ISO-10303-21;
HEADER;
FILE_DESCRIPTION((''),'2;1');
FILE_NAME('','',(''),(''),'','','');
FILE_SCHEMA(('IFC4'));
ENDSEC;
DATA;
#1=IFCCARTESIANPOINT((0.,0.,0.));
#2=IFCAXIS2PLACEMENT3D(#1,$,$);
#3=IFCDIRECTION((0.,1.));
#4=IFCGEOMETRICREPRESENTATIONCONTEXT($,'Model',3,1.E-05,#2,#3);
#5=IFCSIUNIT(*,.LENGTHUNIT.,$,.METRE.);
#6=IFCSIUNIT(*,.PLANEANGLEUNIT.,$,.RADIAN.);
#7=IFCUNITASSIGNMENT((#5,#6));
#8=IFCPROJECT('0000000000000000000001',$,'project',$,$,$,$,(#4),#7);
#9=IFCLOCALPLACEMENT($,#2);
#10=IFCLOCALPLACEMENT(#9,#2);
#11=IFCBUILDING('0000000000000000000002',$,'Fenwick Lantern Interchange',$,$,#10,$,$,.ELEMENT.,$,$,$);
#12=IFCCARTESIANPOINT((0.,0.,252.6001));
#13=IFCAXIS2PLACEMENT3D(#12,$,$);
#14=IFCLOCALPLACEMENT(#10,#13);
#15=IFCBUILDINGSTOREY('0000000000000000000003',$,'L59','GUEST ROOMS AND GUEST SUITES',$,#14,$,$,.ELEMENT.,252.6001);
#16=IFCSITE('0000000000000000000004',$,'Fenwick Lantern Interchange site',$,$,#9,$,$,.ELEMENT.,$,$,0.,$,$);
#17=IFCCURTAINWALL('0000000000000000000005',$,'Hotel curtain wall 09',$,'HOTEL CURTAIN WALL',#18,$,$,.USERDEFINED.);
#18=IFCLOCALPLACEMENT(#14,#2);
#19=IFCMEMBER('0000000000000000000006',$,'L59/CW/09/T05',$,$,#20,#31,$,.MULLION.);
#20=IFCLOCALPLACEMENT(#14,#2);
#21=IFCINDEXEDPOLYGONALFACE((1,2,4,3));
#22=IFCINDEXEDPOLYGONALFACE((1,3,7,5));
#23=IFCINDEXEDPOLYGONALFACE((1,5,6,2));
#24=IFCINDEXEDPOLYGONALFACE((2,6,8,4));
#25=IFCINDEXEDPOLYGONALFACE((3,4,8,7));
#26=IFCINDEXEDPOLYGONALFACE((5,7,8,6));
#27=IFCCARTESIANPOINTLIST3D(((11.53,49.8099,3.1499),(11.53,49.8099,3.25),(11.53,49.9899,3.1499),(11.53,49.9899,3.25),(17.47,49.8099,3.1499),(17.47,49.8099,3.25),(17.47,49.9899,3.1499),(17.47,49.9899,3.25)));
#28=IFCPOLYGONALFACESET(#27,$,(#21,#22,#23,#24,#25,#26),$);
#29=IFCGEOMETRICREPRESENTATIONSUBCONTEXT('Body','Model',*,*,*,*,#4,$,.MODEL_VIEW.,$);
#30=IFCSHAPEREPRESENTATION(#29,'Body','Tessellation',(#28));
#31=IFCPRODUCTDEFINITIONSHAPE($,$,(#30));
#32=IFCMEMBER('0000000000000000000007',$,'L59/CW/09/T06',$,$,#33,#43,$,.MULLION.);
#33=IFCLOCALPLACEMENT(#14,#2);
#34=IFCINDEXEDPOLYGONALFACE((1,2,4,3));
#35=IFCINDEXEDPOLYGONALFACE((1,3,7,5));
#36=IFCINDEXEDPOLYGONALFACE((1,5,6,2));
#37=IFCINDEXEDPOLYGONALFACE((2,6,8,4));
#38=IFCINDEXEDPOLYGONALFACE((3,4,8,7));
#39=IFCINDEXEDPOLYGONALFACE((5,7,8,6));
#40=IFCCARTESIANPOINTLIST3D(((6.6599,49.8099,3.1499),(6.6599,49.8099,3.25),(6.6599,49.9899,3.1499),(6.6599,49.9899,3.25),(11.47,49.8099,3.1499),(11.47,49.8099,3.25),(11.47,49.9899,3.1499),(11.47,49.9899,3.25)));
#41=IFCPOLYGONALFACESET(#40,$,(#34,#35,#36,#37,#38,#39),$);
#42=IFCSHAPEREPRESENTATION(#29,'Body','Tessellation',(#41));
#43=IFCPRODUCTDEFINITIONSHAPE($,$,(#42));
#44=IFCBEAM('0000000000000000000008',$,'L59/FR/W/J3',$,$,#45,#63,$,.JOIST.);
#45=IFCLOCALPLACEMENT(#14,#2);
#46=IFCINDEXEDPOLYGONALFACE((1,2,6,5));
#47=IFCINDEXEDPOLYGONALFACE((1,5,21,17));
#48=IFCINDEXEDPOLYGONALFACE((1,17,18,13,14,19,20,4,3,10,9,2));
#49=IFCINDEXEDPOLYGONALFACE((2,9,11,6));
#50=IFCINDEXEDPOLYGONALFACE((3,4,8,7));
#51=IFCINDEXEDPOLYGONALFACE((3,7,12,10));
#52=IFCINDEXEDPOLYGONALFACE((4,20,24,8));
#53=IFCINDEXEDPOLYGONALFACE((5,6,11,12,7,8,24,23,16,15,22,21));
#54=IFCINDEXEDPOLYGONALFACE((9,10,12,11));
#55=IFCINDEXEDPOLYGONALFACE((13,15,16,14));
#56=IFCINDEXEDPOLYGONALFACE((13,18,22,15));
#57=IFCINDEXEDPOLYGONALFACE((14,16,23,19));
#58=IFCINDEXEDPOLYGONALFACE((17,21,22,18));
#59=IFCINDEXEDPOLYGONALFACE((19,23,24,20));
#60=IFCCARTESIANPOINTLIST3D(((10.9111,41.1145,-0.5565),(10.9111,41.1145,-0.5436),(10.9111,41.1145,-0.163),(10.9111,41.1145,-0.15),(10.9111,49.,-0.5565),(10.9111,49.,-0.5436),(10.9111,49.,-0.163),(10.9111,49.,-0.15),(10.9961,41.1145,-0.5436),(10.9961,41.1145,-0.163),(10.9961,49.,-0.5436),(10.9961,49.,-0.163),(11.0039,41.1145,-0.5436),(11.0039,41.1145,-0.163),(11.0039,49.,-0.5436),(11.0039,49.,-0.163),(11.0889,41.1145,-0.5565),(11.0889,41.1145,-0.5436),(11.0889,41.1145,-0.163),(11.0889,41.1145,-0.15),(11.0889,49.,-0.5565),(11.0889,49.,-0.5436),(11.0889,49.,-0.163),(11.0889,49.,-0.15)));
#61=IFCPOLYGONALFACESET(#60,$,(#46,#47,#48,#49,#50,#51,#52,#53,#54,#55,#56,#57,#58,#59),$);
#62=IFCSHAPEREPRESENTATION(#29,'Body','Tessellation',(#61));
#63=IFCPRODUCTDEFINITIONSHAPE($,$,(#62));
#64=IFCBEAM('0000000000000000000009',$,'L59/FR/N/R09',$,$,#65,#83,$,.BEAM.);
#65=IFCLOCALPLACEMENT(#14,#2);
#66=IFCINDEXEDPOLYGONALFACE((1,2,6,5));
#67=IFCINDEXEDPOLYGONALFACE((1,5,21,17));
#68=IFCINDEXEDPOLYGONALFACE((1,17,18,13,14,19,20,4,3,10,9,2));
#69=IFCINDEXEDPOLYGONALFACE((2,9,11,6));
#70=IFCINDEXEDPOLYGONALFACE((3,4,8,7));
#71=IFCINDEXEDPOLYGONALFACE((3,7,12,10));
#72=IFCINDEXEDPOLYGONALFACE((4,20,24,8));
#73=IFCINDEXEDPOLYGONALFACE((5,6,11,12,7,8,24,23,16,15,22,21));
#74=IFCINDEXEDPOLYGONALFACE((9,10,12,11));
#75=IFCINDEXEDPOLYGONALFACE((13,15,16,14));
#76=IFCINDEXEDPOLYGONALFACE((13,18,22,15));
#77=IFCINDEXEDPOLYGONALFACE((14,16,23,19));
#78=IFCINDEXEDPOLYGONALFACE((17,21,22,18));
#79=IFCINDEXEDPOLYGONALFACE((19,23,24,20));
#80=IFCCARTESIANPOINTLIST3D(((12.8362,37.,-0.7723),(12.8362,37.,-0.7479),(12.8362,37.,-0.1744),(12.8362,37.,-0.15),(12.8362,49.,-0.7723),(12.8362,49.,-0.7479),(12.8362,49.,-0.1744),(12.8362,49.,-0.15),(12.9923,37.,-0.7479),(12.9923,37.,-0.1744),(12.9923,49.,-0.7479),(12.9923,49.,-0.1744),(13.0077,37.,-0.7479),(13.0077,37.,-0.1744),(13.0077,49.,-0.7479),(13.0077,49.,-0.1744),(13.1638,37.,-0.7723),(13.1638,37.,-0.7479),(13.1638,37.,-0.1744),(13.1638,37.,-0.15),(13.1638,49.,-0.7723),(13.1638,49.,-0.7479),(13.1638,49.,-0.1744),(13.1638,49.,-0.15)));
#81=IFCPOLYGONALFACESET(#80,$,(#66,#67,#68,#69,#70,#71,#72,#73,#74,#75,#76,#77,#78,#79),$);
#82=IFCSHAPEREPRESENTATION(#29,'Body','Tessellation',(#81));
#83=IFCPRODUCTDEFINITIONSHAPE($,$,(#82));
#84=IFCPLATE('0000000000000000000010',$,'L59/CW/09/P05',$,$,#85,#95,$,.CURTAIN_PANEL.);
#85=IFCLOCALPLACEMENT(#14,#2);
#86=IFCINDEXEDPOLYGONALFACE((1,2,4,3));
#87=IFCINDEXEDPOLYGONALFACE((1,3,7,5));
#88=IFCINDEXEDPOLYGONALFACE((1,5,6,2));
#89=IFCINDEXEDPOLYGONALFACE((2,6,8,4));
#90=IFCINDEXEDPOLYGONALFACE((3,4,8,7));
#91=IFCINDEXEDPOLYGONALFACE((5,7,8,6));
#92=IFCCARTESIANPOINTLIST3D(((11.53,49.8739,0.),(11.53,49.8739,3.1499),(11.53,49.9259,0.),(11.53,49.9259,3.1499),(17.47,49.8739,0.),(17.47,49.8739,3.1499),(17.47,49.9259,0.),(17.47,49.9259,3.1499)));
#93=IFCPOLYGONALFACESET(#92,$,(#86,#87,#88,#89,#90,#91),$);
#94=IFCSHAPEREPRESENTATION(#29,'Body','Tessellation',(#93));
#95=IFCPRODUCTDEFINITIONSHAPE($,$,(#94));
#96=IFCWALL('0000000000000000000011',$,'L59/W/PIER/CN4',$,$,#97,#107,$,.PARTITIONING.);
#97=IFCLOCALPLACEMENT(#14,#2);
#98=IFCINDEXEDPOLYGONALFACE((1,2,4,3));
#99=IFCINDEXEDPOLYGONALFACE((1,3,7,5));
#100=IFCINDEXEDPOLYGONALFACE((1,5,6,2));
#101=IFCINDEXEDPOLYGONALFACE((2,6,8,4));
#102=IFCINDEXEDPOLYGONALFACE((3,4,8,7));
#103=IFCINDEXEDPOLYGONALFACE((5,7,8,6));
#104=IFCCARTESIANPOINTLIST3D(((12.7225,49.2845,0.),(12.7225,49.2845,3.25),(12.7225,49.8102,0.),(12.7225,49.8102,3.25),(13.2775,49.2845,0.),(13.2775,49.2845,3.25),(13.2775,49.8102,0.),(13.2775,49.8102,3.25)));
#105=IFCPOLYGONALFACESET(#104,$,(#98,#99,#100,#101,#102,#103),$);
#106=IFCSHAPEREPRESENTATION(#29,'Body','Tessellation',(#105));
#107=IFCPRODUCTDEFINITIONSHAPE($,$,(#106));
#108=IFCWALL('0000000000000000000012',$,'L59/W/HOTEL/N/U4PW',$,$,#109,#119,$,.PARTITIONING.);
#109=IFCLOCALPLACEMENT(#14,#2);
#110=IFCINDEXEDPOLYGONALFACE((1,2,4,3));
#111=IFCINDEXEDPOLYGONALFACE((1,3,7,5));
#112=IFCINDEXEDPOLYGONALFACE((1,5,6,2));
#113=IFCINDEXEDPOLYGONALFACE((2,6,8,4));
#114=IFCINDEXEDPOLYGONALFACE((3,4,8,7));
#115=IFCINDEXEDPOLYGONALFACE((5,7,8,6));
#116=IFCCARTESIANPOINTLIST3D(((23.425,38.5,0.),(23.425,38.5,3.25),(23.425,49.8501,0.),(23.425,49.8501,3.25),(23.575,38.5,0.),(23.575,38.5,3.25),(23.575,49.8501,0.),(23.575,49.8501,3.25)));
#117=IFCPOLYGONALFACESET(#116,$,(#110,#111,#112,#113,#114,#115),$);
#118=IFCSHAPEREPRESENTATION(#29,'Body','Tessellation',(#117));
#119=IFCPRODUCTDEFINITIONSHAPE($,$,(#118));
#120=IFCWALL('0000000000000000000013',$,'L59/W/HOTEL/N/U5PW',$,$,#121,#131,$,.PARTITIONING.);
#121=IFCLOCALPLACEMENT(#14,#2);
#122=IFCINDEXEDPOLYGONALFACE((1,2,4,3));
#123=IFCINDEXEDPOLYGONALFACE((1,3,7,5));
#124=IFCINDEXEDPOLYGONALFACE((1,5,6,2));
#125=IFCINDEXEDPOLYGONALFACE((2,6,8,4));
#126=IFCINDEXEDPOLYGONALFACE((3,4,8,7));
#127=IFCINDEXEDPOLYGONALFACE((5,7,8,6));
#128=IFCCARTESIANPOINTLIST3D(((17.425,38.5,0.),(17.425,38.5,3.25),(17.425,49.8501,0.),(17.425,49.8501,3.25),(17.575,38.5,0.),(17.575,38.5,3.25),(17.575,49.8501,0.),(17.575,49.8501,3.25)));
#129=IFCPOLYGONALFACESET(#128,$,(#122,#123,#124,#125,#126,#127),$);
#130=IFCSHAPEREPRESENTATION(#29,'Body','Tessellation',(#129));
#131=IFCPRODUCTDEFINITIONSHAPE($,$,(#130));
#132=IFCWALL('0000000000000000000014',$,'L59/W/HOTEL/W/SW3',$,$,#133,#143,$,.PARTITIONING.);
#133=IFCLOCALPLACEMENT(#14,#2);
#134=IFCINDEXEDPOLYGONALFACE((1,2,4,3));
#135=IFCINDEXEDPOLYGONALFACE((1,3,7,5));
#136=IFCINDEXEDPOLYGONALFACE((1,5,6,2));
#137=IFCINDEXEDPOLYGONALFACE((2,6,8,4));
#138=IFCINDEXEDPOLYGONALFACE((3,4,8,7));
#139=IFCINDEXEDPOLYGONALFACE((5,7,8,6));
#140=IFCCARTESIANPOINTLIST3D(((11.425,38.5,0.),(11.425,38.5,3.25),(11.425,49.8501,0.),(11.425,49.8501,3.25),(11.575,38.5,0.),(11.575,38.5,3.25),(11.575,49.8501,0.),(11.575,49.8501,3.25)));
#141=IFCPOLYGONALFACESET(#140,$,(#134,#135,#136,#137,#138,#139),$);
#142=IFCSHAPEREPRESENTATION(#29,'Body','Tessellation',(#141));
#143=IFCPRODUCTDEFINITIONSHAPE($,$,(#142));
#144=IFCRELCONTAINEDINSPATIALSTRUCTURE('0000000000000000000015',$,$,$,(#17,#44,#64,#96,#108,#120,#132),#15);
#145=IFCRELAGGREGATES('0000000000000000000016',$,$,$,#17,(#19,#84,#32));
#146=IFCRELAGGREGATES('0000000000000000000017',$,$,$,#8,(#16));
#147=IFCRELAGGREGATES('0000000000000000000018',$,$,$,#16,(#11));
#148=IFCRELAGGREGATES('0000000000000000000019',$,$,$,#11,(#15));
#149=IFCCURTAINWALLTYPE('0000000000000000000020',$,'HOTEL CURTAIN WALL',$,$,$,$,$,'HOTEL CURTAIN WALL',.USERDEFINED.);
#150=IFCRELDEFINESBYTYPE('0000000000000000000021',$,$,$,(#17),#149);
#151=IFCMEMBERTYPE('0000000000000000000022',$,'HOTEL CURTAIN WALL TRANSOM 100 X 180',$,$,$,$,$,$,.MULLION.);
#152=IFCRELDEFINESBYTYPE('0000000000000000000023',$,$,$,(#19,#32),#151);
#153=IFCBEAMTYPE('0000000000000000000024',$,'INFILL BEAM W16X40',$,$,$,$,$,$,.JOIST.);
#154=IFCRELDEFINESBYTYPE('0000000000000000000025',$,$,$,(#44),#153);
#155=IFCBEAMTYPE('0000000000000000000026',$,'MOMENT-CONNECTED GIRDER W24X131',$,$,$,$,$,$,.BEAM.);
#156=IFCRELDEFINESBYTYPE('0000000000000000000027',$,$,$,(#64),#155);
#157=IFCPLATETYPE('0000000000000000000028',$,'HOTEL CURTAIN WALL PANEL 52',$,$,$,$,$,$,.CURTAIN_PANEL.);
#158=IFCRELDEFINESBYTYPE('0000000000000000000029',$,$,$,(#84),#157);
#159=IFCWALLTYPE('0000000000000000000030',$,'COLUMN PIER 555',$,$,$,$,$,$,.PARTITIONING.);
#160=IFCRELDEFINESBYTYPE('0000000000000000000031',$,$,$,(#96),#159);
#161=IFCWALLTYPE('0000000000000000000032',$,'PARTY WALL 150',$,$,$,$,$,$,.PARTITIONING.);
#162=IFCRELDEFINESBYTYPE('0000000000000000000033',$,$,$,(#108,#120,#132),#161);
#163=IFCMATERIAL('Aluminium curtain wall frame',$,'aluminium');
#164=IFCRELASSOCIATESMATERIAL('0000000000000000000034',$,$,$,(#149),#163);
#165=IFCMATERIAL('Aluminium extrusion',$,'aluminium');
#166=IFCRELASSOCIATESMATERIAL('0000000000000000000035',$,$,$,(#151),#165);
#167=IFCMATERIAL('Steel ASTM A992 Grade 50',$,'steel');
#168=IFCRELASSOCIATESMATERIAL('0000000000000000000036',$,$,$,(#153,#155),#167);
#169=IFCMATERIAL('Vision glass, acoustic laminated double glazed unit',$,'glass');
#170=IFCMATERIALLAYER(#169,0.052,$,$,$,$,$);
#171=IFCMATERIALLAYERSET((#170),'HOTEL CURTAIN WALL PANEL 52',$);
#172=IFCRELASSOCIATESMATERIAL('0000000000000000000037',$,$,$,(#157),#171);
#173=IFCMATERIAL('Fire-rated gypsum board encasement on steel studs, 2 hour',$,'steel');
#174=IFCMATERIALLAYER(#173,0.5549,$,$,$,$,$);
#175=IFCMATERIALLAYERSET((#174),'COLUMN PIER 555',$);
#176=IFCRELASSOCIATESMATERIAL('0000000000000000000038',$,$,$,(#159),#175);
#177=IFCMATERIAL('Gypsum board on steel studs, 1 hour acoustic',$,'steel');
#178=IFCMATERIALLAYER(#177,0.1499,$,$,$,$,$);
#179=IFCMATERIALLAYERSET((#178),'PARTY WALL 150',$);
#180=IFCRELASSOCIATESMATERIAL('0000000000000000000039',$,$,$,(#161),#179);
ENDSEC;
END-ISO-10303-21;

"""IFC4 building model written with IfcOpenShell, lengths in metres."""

from ifc_helpers import new_model, si_unit, direction, frame, frame_2d, origin, origin_2d, place, context, subcontext, project, spatial, rectangle, i_section, extrude, material, layer, layer_set, material_profile, profile_set, type_object, element, aggregate, save


model = new_model("IFC4")

# Units and contexts
model_context = context("Model", 3, precision=1e-05, world=origin(), true_north=direction((0.0, 1.0)))
body_context = subcontext(model_context, "Body", "Model", "MODEL_VIEW")
ifc_project = project(units=[si_unit("LENGTHUNIT", "METRE"), si_unit("PLANEANGLEUNIT", "RADIAN")], contexts=[model_context])

# Site, building, storey
site_placement = place(None, origin())
site = spatial("IfcSite", under=ifc_project, at=site_placement, Name="Fenwick Lantern Interchange site", CompositionType="ELEMENT", RefElevation=0.0)
building_placement = place(site_placement, origin())
building = spatial("IfcBuilding", under=site, at=building_placement, Name="Fenwick Lantern Interchange", CompositionType="ELEMENT")
storey_placement = place(building_placement, frame((0.0, 0.0, 252.6001)))
storey = spatial("IfcBuildingStorey", under=building, at=storey_placement, Name="L59", Description="GUEST ROOMS AND GUEST SUITES", CompositionType="ELEMENT", Elevation=252.6001)

# Shared definitions
ifc_material_1 = material(Name="Steel ASTM A992 Grade 50", Category="steel")

# Curtain wall, members
ifc_material_2 = material(Name="Aluminium curtain wall frame", Category="aluminium")
curtain_wall_type = type_object("IfcCurtainWallType", Name="HOTEL CURTAIN WALL", ElementType="HOTEL CURTAIN WALL", PredefinedType="USERDEFINED", material=ifc_material_2)
curtain_wall_placement = place(storey_placement, origin())
curtain_wall = element("IfcCurtainWall", 1, at=curtain_wall_placement, inside=storey, type_object=curtain_wall_type, Name="Hotel curtain wall 09", ObjectType="HOTEL CURTAIN WALL", PredefinedType="USERDEFINED")
ifc_material_3 = material(Name="Aluminium extrusion", Category="aluminium")
ifc_material_profile_1 = material_profile(ifc_material_3, rectangle(XDim=0.1799, YDim=0.1001, at=origin_2d()), Name="HOTEL CURTAIN WALL TRANSOM 100 X 180")
ifc_profile_set_1 = profile_set([ifc_material_profile_1], Name="Aluminium extrusion")
member_type_1 = type_object("IfcMemberType", Name="HOTEL CURTAIN WALL TRANSOM 100 X 180", PredefinedType="MULLION", material=ifc_profile_set_1)
member_1_placement = place(storey_placement, frame((17.47, 49.8999, 3.2), z_axis=(-1.0, 0.0, 0.0), x_axis=(0.0, -1.0, 0.0)))
member_1 = element("IfcMember", 2, at=member_1_placement, type_object=member_type_1, Name="L59/CW/09/T05", PredefinedType="MULLION", context=body_context, shape_type="SweptSolid", body=[
    extrude(rectangle(XDim=0.1799, YDim=0.1001, at=origin_2d()), origin(), (0.0, 0.0, 1.0), 5.9399),
])
member_2_placement = place(storey_placement, frame((11.47, 49.8999, 3.2), z_axis=(-1.0, 0.0, 0.0), x_axis=(0.0, -1.0, 0.0)))
member_2 = element("IfcMember", 3, at=member_2_placement, type_object=member_type_1, Name="L59/CW/09/T06", PredefinedType="MULLION", context=body_context, shape_type="SweptSolid", body=[
    extrude(rectangle(XDim=0.1799, YDim=0.1001, at=origin_2d()), origin(), (0.0, 0.0, 1.0), 4.8101),
])

# Beams
ifc_material_profile_2 = material_profile(ifc_material_1, i_section(OverallWidth=0.1777, OverallDepth=0.4065, WebThickness=0.0078, FlangeThickness=0.0129, at=origin_2d()), Name="W16X40")
ifc_profile_set_2 = profile_set([ifc_material_profile_2], Name="Steel ASTM A992 Grade 50")
beam_type_1 = type_object("IfcBeamType", Name="INFILL BEAM W16X40", PredefinedType="JOIST", material=ifc_profile_set_2)
beam_1_placement = place(storey_placement, frame((11.0, 49.0, -0.3533), z_axis=(0.0, -1.0, 0.0), x_axis=(1.0, 0.0, 0.0)))
element("IfcBeam", 4, at=beam_1_placement, inside=storey, type_object=beam_type_1, Name="L59/FR/W/J3", PredefinedType="JOIST", context=body_context, shape_type="SweptSolid", body=[
    extrude(i_section(OverallWidth=0.1777, OverallDepth=0.4065, WebThickness=0.0078, FlangeThickness=0.0129, at=origin_2d()), origin(), (0.0, 0.0, 1.0), 7.8855),
])
ifc_material_profile_3 = material_profile(ifc_material_1, i_section(OverallWidth=0.3276, OverallDepth=0.6223, WebThickness=0.0154, FlangeThickness=0.0244, at=origin_2d()), Name="W24X131")
ifc_profile_set_3 = profile_set([ifc_material_profile_3], Name="Steel ASTM A992 Grade 50")
beam_type_2 = type_object("IfcBeamType", Name="MOMENT-CONNECTED GIRDER W24X131", PredefinedType="BEAM", material=ifc_profile_set_3)
beam_2_placement = place(storey_placement, frame((13.0, 49.0, -0.4612), z_axis=(0.0, -1.0, 0.0), x_axis=(1.0, 0.0, 0.0)))
element("IfcBeam", 5, at=beam_2_placement, inside=storey, type_object=beam_type_2, Name="L59/FR/N/R09", PredefinedType="BEAM", context=body_context, shape_type="SweptSolid", body=[
    extrude(i_section(OverallWidth=0.3276, OverallDepth=0.6223, WebThickness=0.0154, FlangeThickness=0.0244, at=origin_2d()), origin(), (0.0, 0.0, 1.0), 12.0),
])

# Plate
ifc_material_4 = material(Name="Vision glass, acoustic laminated double glazed unit", Category="glass")
ifc_layer_1 = layer(ifc_material_4, 0.052)
ifc_layer_set_1 = layer_set([ifc_layer_1], Name="HOTEL CURTAIN WALL PANEL 52")
plate_type = type_object("IfcPlateType", Name="HOTEL CURTAIN WALL PANEL 52", PredefinedType="CURTAIN_PANEL", material=ifc_layer_set_1)
plate_placement = place(storey_placement, frame((14.5, 49.8999, 0.0), z_axis=(0.0, 0.0, 1.0), x_axis=(-1.0, 0.0, 0.0)))
plate = element("IfcPlate", 6, at=plate_placement, type_object=plate_type, Name="L59/CW/09/P05", PredefinedType="CURTAIN_PANEL", context=body_context, shape_type="SweptSolid", body=[
    extrude(rectangle(XDim=5.9399, YDim=0.052, at=origin_2d()), origin(), (0.0, 0.0, 1.0), 3.1499),
])
aggregate(curtain_wall, [member_1, plate, member_2])

# Walls
ifc_material_5 = material(Name="Fire-rated gypsum board encasement on steel studs, 2 hour", Category="steel")
ifc_layer_2 = layer(ifc_material_5, 0.5549)
ifc_layer_set_2 = layer_set([ifc_layer_2], Name="COLUMN PIER 555")
wall_type_1 = type_object("IfcWallType", Name="COLUMN PIER 555", PredefinedType="PARTITIONING", material=ifc_layer_set_2)
wall_placement = place(storey_placement, frame((13.0, 49.8101, 0.0), z_axis=(0.0, 0.0, 1.0), x_axis=(0.0, -1.0, 0.0)))
element("IfcWall", 7, at=wall_placement, inside=storey, type_object=wall_type_1, Name="L59/W/PIER/CN4", PredefinedType="PARTITIONING", context=body_context, shape_type="SweptSolid", body=[
    extrude(rectangle(XDim=0.5256, YDim=0.5549, at=frame_2d((0.2627, 0.0))), origin(), (0.0, 0.0, 1.0), 3.25),
])
ifc_material_6 = material(Name="Gypsum board on steel studs, 1 hour acoustic", Category="steel")
ifc_layer_3 = layer(ifc_material_6, 0.1499)
ifc_layer_set_3 = layer_set([ifc_layer_3], Name="PARTY WALL 150")
wall_type_2 = type_object("IfcWallType", Name="PARTY WALL 150", PredefinedType="PARTITIONING", material=ifc_layer_set_3)
for number, where, z_axis, x_axis, name in (
    (8, (23.5, 49.8501, 0.0), (0.0, 0.0, 1.0), (0.0, -1.0, 0.0), "L59/W/HOTEL/N/U4PW"),
    (9, (17.5, 49.8501, 0.0), (0.0, 0.0, 1.0), (0.0, -1.0, 0.0), "L59/W/HOTEL/N/U5PW"),
    (10, (11.5, 49.8501, 0.0), (0.0, 0.0, 1.0), (0.0, -1.0, 0.0), "L59/W/HOTEL/W/SW3"),
):
    element("IfcWall", number, at=place(storey_placement, frame(where, z_axis=z_axis, x_axis=x_axis)), inside=storey, type_object=wall_type_2, Name=name, PredefinedType="PARTITIONING", context=body_context, shape_type="SweptSolid", body=[
        extrude(rectangle(XDim=11.3501, YDim=0.1499, at=frame_2d((5.675, 0.0))), origin(), (0.0, 0.0, 1.0), 3.25),
    ])

save(model, "model.ifc")
